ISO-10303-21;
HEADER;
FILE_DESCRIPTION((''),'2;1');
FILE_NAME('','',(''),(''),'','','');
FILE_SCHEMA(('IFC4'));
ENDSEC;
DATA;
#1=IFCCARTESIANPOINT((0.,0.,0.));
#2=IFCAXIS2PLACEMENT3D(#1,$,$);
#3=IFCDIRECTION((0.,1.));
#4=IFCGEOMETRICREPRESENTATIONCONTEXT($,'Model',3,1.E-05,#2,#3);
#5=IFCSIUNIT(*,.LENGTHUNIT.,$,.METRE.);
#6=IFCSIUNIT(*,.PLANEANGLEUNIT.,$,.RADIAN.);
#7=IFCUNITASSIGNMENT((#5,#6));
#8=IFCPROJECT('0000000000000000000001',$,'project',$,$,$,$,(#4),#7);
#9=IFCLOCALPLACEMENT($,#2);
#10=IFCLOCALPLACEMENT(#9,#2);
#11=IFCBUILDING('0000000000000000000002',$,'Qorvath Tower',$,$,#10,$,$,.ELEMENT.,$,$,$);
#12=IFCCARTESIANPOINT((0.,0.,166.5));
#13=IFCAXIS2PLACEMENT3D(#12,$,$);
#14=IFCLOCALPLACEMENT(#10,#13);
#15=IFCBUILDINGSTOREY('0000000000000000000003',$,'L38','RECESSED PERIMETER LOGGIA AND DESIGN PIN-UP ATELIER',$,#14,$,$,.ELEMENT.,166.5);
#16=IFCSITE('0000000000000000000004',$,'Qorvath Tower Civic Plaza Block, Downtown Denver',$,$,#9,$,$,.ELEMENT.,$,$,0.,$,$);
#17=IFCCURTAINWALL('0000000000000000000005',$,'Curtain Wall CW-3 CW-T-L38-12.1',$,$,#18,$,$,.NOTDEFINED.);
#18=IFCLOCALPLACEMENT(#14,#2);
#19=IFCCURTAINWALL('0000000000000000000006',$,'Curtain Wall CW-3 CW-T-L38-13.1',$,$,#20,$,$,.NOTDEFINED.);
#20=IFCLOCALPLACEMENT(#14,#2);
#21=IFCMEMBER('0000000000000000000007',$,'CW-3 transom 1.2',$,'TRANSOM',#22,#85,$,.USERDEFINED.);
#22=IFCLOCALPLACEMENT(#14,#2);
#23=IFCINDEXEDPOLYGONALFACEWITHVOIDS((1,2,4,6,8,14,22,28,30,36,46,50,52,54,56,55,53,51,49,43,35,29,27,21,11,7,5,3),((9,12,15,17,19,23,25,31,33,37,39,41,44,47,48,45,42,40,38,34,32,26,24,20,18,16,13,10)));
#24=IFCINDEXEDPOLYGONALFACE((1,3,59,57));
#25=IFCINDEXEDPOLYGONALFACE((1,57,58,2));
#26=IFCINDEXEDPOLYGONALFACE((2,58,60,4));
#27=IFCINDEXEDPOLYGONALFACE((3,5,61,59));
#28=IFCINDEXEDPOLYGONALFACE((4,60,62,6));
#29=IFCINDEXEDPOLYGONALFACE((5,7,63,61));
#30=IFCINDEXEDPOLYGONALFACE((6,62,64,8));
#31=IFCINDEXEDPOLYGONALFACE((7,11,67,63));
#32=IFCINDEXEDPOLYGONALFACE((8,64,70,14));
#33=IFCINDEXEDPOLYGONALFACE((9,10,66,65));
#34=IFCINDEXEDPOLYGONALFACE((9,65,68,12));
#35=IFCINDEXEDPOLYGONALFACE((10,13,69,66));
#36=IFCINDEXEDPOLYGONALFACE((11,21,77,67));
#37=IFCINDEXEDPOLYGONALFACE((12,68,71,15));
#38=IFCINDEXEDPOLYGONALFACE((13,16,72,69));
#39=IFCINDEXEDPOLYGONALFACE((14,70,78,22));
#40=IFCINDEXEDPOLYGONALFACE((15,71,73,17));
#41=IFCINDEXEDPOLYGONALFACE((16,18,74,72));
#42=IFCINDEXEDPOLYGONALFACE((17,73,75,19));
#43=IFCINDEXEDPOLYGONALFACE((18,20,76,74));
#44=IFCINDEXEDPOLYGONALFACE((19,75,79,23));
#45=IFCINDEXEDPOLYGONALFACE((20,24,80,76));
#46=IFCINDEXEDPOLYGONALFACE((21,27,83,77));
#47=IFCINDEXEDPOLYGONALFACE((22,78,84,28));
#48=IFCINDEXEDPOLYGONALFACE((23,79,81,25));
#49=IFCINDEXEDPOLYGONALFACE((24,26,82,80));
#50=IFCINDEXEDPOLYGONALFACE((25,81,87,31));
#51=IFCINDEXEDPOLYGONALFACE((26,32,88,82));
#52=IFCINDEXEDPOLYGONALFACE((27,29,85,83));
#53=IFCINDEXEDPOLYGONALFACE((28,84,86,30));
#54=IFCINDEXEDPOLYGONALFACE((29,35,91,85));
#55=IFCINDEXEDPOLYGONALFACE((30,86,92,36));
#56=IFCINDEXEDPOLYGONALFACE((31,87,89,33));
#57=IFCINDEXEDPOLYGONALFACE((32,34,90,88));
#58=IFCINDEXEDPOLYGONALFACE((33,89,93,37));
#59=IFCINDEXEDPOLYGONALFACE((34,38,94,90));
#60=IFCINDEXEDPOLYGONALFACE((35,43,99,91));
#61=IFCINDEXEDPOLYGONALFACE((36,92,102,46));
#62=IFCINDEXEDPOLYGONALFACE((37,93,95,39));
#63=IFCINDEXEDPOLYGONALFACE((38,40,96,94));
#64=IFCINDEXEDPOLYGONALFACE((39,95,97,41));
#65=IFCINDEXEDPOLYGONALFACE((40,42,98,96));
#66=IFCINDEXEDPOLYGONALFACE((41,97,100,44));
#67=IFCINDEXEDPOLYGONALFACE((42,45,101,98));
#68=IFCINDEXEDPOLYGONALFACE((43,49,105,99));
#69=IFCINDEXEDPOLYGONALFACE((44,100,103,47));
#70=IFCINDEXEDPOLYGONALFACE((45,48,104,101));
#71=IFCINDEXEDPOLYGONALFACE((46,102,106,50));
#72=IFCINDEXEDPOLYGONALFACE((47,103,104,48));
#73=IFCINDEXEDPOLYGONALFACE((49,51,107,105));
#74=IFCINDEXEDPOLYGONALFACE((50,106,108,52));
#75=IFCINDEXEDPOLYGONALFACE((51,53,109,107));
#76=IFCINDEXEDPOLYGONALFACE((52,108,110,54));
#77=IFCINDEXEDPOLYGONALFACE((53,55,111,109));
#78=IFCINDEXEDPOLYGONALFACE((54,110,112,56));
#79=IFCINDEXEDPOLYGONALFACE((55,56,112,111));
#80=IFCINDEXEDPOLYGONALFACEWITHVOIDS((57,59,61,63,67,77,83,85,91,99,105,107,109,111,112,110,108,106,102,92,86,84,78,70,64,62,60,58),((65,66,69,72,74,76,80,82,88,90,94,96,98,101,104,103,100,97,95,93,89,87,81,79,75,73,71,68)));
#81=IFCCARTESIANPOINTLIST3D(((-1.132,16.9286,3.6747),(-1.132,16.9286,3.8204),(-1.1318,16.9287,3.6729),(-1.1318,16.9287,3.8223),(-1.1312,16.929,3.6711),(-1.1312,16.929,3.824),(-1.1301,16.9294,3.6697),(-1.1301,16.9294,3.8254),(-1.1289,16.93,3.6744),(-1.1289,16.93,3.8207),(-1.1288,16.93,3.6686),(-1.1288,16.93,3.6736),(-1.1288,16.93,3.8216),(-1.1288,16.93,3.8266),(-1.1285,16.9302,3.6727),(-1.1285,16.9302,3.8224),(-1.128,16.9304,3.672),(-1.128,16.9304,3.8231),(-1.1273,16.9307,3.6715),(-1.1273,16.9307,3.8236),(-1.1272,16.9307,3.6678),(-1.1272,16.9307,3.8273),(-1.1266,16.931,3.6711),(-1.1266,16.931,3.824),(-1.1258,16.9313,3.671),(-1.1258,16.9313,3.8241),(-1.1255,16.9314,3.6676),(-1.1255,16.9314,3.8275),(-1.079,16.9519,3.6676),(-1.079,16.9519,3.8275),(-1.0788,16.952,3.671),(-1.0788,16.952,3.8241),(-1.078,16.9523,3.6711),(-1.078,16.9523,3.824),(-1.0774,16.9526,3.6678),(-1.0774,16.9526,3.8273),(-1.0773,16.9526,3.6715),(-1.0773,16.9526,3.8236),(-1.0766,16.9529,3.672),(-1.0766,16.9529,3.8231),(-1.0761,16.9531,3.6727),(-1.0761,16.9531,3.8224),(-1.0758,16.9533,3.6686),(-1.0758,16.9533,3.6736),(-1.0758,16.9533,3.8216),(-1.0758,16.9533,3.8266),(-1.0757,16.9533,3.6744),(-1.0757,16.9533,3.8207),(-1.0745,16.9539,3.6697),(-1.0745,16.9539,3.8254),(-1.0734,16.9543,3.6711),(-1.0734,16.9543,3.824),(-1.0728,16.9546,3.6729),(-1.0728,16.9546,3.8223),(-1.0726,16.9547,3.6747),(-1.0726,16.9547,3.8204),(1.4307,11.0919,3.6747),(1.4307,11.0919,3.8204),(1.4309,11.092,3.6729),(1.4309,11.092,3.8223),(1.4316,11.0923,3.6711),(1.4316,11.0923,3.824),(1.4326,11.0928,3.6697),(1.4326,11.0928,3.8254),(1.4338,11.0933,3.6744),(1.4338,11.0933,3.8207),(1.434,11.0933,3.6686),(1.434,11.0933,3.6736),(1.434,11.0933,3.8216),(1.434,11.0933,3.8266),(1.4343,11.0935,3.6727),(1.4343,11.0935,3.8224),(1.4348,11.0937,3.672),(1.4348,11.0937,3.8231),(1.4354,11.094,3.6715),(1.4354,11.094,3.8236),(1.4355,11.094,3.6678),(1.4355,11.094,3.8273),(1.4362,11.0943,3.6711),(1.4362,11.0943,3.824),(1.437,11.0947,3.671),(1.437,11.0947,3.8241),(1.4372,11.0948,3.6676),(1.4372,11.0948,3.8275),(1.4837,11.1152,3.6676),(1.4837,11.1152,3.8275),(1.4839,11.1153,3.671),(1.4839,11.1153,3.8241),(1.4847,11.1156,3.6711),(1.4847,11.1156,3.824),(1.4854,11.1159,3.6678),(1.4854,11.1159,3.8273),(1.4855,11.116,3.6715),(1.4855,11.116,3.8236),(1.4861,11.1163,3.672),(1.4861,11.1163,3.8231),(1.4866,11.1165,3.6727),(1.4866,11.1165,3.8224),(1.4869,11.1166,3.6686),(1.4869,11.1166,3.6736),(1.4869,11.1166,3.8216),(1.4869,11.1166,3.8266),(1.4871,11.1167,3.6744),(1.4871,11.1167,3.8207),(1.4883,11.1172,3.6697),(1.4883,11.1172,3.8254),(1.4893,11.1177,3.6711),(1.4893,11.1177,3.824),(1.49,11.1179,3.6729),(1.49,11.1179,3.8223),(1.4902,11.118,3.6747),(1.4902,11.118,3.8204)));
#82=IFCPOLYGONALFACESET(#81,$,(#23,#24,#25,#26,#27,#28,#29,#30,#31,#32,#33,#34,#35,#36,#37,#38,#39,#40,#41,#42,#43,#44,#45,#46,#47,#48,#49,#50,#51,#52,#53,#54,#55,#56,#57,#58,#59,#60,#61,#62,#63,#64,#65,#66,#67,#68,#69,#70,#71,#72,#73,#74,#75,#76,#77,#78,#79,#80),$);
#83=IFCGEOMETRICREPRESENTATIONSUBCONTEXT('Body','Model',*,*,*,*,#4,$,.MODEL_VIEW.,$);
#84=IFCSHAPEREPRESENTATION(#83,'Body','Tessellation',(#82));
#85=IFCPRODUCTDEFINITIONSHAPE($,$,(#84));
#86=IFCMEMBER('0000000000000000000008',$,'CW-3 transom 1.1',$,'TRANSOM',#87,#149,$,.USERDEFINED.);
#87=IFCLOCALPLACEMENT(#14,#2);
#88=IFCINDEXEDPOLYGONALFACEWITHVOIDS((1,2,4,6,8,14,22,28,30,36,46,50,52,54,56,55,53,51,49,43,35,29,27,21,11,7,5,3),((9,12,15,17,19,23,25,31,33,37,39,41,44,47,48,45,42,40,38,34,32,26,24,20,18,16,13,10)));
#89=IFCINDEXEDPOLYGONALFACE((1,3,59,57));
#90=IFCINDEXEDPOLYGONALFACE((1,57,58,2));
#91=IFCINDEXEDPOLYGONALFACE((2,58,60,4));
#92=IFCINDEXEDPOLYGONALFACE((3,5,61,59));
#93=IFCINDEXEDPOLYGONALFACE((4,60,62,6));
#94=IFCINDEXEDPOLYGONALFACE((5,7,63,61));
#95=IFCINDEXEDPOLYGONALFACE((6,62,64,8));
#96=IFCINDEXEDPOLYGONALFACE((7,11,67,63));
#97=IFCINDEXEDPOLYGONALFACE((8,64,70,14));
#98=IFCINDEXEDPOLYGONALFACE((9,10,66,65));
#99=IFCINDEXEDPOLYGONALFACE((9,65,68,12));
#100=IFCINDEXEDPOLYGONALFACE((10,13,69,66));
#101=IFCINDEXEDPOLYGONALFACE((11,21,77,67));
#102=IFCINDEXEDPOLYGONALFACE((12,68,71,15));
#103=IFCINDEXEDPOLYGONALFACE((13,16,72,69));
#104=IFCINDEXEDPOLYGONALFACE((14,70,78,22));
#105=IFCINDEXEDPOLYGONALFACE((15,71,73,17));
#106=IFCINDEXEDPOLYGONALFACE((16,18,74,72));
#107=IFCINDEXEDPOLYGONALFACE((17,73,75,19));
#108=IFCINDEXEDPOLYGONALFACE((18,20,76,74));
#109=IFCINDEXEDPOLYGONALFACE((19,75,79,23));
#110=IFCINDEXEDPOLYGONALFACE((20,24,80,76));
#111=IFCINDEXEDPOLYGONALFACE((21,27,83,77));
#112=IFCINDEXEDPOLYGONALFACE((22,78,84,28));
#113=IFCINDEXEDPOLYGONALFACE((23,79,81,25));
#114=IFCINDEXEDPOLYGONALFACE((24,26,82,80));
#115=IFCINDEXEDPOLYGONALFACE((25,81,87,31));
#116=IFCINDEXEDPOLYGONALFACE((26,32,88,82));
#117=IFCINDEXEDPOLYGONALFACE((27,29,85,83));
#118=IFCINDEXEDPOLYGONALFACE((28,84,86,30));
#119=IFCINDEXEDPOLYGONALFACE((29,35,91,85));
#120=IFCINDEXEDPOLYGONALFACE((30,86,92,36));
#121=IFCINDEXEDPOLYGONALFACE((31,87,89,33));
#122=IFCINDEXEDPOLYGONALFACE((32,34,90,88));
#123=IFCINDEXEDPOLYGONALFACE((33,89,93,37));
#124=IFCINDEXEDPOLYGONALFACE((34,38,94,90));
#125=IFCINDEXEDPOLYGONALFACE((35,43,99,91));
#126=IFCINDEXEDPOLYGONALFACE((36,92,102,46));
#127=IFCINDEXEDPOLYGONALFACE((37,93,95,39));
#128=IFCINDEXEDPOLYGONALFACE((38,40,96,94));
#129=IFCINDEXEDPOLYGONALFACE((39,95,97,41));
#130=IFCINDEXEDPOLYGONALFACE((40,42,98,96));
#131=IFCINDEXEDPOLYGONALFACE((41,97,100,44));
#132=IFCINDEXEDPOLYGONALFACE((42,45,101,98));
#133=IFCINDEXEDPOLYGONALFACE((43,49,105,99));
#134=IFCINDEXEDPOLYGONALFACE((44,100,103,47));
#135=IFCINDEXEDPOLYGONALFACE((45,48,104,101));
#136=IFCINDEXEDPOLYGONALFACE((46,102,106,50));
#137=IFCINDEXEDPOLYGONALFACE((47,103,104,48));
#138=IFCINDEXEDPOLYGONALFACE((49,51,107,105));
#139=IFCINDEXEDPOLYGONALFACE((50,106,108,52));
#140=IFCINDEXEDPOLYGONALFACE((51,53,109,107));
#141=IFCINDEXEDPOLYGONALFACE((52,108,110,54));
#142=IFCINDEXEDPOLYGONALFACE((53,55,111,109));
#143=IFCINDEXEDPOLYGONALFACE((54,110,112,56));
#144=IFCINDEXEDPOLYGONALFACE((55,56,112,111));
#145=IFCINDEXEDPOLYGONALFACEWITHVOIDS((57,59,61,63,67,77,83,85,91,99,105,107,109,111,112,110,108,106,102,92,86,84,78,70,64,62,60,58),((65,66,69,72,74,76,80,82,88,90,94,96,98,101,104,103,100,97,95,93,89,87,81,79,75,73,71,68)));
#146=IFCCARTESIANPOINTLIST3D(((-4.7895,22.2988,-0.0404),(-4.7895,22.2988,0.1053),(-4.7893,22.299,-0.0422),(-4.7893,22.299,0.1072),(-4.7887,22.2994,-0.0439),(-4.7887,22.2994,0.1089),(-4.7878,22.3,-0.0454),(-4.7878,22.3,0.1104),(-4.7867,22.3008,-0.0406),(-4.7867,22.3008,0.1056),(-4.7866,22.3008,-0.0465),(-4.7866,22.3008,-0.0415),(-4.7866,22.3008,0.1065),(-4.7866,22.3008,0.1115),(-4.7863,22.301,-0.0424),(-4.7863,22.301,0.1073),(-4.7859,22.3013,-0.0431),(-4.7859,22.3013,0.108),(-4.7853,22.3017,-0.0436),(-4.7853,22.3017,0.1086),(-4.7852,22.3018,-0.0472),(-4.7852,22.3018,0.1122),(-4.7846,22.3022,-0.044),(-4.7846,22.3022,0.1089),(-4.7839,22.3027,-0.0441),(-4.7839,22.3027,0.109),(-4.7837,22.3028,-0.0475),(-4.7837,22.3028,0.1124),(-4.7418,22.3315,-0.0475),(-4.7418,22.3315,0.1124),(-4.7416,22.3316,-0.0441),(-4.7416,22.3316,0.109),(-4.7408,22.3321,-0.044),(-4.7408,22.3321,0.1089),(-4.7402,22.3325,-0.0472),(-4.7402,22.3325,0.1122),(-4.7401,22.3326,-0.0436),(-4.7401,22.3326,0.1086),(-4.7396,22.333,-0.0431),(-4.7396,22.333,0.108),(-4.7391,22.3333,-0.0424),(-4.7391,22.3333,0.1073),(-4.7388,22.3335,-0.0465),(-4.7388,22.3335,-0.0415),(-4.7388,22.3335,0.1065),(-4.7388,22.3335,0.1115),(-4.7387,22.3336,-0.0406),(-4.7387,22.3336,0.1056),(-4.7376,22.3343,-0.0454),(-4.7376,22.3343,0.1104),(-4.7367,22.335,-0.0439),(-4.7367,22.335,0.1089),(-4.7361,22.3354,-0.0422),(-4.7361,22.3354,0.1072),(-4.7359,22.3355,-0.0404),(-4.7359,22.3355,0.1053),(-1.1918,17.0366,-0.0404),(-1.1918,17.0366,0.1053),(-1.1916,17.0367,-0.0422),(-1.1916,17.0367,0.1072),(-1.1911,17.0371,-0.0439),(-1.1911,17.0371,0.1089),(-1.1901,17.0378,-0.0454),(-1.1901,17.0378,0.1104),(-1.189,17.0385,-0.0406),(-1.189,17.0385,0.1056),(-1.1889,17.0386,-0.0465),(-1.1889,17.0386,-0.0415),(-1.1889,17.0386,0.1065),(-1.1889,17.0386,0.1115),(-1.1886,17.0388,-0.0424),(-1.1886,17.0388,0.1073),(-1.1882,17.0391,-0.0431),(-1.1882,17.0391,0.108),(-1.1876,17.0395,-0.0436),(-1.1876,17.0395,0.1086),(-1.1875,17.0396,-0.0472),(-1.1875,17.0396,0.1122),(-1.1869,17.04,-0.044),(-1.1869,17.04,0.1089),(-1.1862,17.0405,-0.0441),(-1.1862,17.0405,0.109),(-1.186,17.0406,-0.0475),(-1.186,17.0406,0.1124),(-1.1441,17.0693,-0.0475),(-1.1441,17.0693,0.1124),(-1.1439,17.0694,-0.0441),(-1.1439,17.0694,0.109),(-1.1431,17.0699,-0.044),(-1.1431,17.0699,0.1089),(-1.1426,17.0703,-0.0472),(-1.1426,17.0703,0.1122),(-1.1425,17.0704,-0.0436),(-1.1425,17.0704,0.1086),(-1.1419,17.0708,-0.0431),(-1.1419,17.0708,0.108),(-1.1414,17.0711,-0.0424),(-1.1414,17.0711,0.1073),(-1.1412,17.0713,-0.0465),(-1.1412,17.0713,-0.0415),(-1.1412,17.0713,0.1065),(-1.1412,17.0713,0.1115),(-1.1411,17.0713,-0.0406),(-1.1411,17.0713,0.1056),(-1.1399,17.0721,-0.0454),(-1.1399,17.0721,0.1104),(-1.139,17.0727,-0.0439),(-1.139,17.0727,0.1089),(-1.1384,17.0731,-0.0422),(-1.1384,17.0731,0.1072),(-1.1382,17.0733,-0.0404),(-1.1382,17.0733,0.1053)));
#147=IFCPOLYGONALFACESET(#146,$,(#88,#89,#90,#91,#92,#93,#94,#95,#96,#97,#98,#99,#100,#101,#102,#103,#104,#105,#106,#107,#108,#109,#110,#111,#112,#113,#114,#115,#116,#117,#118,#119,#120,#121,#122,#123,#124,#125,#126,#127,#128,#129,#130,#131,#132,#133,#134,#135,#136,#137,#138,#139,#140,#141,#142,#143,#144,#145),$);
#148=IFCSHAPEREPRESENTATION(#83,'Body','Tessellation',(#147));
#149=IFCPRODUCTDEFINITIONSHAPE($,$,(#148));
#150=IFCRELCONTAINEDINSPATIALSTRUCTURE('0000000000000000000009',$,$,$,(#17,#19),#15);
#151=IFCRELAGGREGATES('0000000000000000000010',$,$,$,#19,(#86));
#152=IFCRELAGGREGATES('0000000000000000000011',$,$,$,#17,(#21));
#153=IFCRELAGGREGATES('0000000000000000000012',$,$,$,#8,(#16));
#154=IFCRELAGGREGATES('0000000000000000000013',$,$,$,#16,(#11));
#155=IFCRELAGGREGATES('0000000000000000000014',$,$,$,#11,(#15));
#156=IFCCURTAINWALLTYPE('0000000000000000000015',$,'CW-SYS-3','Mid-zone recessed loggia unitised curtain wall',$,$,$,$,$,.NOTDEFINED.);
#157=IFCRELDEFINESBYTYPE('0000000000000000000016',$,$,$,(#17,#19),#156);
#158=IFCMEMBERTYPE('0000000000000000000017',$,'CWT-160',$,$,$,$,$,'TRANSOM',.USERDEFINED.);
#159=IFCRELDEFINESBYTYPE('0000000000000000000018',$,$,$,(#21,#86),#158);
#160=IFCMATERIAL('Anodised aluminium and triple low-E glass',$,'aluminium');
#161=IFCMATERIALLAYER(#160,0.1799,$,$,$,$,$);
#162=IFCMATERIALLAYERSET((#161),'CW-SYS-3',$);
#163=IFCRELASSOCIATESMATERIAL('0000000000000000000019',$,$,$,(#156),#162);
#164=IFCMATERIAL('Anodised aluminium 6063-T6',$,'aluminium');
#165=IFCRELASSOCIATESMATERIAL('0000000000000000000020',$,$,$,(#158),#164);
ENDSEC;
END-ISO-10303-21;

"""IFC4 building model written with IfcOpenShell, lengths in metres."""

from ifc_helpers import new_model, si_unit, direction, frame, origin, origin_2d, place, context, subcontext, project, spatial, hollow_rectangle, extrude, material, layer, layer_set, material_profile, profile_set, type_object, element, aggregate, save


model = new_model("IFC4")

# Units and contexts
model_context = context("Model", 3, precision=1e-05, world=origin(), true_north=direction((0.0, 1.0)))
body_context = subcontext(model_context, "Body", "Model", "MODEL_VIEW")
ifc_project = project(units=[si_unit("LENGTHUNIT", "METRE"), si_unit("PLANEANGLEUNIT", "RADIAN")], contexts=[model_context])

# Site, building, storey
site_placement = place(None, origin())
site = spatial("IfcSite", under=ifc_project, at=site_placement, Name="Qorvath Tower Civic Plaza Block, Downtown Denver", CompositionType="ELEMENT", RefElevation=0.0)
building_placement = place(site_placement, origin())
building = spatial("IfcBuilding", under=site, at=building_placement, Name="Qorvath Tower", CompositionType="ELEMENT")
storey_placement = place(building_placement, frame((0.0, 0.0, 166.5)))
storey = spatial("IfcBuildingStorey", under=building, at=storey_placement, Name="L38", Description="RECESSED PERIMETER LOGGIA AND DESIGN PIN-UP ATELIER", CompositionType="ELEMENT", Elevation=166.5)

# Curtain wall
ifc_material_1 = material(Name="Anodised aluminium and triple low-E glass", Category="aluminium")
ifc_layer_1 = layer(ifc_material_1, 0.1799)
ifc_layer_set_1 = layer_set([ifc_layer_1], Name="CW-SYS-3")
curtain_wall_type = type_object("IfcCurtainWallType", Name="CW-SYS-3", Description="Mid-zone recessed loggia unitised curtain wall", PredefinedType="NOTDEFINED", material=ifc_layer_set_1)
curtain_wall_1_placement = place(storey_placement, origin())
curtain_wall_1 = element("IfcCurtainWall", 1, at=curtain_wall_1_placement, inside=storey, type_object=curtain_wall_type, Name="Curtain Wall CW-3 CW-T-L38-12.1", PredefinedType="NOTDEFINED")

# Curtain wall
curtain_wall_2_placement = place(storey_placement, origin())
curtain_wall_2 = element("IfcCurtainWall", 2, at=curtain_wall_2_placement, inside=storey, type_object=curtain_wall_type, Name="Curtain Wall CW-3 CW-T-L38-13.1", PredefinedType="NOTDEFINED")

# Members
ifc_material_2 = material(Name="Anodised aluminium 6063-T6", Category="aluminium")
ifc_material_profile_1 = material_profile(ifc_material_2, hollow_rectangle(XDim=0.0649, YDim=0.1599, WallThickness=0.0034, InnerFilletRadius=0.0034, OuterFilletRadius=0.0071, at=origin_2d()), Name="CWT 160x65")
ifc_profile_set_1 = profile_set([ifc_material_profile_1], Name="Anodised aluminium 6063-T6")
member_type_1 = type_object("IfcMemberType", Name="CWT-160", ElementType="TRANSOM", PredefinedType="USERDEFINED", material=ifc_profile_set_1)
member_1_placement = place(storey_placement, frame((1.4604, 11.105, 3.7476), z_axis=(-0.40203, 0.915626, 0.0), x_axis=(-0.915626, -0.40203, 0.0)))
member_1 = element("IfcMember", 3, at=member_1_placement, type_object=member_type_1, Name="CW-3 transom 1.2", ObjectType="TRANSOM", PredefinedType="USERDEFINED", context=body_context, shape_type="SweptSolid", body=[
    extrude(hollow_rectangle(XDim=0.0649, YDim=0.1599, WallThickness=0.0034, InnerFilletRadius=0.0034, OuterFilletRadius=0.0071, at=origin_2d()), origin(), (0.0, 0.0, 1.0), 6.3745),
])
member_2_placement = place(storey_placement, frame((-1.165, 17.0549, 0.0325), z_axis=(-0.564385, 0.825512, 0.0), x_axis=(-0.825512, -0.564385, 0.0)))
member_2 = element("IfcMember", 4, at=member_2_placement, type_object=member_type_1, Name="CW-3 transom 1.1", ObjectType="TRANSOM", PredefinedType="USERDEFINED", context=body_context, shape_type="SweptSolid", body=[
    extrude(hollow_rectangle(XDim=0.0649, YDim=0.1599, WallThickness=0.0034, InnerFilletRadius=0.0034, OuterFilletRadius=0.0071, at=origin_2d()), origin(), (0.0, 0.0, 1.0), 6.3745),
])
aggregate(curtain_wall_2, [member_2])

aggregate(curtain_wall_1, [member_1])

save(model, "model.ifc")
